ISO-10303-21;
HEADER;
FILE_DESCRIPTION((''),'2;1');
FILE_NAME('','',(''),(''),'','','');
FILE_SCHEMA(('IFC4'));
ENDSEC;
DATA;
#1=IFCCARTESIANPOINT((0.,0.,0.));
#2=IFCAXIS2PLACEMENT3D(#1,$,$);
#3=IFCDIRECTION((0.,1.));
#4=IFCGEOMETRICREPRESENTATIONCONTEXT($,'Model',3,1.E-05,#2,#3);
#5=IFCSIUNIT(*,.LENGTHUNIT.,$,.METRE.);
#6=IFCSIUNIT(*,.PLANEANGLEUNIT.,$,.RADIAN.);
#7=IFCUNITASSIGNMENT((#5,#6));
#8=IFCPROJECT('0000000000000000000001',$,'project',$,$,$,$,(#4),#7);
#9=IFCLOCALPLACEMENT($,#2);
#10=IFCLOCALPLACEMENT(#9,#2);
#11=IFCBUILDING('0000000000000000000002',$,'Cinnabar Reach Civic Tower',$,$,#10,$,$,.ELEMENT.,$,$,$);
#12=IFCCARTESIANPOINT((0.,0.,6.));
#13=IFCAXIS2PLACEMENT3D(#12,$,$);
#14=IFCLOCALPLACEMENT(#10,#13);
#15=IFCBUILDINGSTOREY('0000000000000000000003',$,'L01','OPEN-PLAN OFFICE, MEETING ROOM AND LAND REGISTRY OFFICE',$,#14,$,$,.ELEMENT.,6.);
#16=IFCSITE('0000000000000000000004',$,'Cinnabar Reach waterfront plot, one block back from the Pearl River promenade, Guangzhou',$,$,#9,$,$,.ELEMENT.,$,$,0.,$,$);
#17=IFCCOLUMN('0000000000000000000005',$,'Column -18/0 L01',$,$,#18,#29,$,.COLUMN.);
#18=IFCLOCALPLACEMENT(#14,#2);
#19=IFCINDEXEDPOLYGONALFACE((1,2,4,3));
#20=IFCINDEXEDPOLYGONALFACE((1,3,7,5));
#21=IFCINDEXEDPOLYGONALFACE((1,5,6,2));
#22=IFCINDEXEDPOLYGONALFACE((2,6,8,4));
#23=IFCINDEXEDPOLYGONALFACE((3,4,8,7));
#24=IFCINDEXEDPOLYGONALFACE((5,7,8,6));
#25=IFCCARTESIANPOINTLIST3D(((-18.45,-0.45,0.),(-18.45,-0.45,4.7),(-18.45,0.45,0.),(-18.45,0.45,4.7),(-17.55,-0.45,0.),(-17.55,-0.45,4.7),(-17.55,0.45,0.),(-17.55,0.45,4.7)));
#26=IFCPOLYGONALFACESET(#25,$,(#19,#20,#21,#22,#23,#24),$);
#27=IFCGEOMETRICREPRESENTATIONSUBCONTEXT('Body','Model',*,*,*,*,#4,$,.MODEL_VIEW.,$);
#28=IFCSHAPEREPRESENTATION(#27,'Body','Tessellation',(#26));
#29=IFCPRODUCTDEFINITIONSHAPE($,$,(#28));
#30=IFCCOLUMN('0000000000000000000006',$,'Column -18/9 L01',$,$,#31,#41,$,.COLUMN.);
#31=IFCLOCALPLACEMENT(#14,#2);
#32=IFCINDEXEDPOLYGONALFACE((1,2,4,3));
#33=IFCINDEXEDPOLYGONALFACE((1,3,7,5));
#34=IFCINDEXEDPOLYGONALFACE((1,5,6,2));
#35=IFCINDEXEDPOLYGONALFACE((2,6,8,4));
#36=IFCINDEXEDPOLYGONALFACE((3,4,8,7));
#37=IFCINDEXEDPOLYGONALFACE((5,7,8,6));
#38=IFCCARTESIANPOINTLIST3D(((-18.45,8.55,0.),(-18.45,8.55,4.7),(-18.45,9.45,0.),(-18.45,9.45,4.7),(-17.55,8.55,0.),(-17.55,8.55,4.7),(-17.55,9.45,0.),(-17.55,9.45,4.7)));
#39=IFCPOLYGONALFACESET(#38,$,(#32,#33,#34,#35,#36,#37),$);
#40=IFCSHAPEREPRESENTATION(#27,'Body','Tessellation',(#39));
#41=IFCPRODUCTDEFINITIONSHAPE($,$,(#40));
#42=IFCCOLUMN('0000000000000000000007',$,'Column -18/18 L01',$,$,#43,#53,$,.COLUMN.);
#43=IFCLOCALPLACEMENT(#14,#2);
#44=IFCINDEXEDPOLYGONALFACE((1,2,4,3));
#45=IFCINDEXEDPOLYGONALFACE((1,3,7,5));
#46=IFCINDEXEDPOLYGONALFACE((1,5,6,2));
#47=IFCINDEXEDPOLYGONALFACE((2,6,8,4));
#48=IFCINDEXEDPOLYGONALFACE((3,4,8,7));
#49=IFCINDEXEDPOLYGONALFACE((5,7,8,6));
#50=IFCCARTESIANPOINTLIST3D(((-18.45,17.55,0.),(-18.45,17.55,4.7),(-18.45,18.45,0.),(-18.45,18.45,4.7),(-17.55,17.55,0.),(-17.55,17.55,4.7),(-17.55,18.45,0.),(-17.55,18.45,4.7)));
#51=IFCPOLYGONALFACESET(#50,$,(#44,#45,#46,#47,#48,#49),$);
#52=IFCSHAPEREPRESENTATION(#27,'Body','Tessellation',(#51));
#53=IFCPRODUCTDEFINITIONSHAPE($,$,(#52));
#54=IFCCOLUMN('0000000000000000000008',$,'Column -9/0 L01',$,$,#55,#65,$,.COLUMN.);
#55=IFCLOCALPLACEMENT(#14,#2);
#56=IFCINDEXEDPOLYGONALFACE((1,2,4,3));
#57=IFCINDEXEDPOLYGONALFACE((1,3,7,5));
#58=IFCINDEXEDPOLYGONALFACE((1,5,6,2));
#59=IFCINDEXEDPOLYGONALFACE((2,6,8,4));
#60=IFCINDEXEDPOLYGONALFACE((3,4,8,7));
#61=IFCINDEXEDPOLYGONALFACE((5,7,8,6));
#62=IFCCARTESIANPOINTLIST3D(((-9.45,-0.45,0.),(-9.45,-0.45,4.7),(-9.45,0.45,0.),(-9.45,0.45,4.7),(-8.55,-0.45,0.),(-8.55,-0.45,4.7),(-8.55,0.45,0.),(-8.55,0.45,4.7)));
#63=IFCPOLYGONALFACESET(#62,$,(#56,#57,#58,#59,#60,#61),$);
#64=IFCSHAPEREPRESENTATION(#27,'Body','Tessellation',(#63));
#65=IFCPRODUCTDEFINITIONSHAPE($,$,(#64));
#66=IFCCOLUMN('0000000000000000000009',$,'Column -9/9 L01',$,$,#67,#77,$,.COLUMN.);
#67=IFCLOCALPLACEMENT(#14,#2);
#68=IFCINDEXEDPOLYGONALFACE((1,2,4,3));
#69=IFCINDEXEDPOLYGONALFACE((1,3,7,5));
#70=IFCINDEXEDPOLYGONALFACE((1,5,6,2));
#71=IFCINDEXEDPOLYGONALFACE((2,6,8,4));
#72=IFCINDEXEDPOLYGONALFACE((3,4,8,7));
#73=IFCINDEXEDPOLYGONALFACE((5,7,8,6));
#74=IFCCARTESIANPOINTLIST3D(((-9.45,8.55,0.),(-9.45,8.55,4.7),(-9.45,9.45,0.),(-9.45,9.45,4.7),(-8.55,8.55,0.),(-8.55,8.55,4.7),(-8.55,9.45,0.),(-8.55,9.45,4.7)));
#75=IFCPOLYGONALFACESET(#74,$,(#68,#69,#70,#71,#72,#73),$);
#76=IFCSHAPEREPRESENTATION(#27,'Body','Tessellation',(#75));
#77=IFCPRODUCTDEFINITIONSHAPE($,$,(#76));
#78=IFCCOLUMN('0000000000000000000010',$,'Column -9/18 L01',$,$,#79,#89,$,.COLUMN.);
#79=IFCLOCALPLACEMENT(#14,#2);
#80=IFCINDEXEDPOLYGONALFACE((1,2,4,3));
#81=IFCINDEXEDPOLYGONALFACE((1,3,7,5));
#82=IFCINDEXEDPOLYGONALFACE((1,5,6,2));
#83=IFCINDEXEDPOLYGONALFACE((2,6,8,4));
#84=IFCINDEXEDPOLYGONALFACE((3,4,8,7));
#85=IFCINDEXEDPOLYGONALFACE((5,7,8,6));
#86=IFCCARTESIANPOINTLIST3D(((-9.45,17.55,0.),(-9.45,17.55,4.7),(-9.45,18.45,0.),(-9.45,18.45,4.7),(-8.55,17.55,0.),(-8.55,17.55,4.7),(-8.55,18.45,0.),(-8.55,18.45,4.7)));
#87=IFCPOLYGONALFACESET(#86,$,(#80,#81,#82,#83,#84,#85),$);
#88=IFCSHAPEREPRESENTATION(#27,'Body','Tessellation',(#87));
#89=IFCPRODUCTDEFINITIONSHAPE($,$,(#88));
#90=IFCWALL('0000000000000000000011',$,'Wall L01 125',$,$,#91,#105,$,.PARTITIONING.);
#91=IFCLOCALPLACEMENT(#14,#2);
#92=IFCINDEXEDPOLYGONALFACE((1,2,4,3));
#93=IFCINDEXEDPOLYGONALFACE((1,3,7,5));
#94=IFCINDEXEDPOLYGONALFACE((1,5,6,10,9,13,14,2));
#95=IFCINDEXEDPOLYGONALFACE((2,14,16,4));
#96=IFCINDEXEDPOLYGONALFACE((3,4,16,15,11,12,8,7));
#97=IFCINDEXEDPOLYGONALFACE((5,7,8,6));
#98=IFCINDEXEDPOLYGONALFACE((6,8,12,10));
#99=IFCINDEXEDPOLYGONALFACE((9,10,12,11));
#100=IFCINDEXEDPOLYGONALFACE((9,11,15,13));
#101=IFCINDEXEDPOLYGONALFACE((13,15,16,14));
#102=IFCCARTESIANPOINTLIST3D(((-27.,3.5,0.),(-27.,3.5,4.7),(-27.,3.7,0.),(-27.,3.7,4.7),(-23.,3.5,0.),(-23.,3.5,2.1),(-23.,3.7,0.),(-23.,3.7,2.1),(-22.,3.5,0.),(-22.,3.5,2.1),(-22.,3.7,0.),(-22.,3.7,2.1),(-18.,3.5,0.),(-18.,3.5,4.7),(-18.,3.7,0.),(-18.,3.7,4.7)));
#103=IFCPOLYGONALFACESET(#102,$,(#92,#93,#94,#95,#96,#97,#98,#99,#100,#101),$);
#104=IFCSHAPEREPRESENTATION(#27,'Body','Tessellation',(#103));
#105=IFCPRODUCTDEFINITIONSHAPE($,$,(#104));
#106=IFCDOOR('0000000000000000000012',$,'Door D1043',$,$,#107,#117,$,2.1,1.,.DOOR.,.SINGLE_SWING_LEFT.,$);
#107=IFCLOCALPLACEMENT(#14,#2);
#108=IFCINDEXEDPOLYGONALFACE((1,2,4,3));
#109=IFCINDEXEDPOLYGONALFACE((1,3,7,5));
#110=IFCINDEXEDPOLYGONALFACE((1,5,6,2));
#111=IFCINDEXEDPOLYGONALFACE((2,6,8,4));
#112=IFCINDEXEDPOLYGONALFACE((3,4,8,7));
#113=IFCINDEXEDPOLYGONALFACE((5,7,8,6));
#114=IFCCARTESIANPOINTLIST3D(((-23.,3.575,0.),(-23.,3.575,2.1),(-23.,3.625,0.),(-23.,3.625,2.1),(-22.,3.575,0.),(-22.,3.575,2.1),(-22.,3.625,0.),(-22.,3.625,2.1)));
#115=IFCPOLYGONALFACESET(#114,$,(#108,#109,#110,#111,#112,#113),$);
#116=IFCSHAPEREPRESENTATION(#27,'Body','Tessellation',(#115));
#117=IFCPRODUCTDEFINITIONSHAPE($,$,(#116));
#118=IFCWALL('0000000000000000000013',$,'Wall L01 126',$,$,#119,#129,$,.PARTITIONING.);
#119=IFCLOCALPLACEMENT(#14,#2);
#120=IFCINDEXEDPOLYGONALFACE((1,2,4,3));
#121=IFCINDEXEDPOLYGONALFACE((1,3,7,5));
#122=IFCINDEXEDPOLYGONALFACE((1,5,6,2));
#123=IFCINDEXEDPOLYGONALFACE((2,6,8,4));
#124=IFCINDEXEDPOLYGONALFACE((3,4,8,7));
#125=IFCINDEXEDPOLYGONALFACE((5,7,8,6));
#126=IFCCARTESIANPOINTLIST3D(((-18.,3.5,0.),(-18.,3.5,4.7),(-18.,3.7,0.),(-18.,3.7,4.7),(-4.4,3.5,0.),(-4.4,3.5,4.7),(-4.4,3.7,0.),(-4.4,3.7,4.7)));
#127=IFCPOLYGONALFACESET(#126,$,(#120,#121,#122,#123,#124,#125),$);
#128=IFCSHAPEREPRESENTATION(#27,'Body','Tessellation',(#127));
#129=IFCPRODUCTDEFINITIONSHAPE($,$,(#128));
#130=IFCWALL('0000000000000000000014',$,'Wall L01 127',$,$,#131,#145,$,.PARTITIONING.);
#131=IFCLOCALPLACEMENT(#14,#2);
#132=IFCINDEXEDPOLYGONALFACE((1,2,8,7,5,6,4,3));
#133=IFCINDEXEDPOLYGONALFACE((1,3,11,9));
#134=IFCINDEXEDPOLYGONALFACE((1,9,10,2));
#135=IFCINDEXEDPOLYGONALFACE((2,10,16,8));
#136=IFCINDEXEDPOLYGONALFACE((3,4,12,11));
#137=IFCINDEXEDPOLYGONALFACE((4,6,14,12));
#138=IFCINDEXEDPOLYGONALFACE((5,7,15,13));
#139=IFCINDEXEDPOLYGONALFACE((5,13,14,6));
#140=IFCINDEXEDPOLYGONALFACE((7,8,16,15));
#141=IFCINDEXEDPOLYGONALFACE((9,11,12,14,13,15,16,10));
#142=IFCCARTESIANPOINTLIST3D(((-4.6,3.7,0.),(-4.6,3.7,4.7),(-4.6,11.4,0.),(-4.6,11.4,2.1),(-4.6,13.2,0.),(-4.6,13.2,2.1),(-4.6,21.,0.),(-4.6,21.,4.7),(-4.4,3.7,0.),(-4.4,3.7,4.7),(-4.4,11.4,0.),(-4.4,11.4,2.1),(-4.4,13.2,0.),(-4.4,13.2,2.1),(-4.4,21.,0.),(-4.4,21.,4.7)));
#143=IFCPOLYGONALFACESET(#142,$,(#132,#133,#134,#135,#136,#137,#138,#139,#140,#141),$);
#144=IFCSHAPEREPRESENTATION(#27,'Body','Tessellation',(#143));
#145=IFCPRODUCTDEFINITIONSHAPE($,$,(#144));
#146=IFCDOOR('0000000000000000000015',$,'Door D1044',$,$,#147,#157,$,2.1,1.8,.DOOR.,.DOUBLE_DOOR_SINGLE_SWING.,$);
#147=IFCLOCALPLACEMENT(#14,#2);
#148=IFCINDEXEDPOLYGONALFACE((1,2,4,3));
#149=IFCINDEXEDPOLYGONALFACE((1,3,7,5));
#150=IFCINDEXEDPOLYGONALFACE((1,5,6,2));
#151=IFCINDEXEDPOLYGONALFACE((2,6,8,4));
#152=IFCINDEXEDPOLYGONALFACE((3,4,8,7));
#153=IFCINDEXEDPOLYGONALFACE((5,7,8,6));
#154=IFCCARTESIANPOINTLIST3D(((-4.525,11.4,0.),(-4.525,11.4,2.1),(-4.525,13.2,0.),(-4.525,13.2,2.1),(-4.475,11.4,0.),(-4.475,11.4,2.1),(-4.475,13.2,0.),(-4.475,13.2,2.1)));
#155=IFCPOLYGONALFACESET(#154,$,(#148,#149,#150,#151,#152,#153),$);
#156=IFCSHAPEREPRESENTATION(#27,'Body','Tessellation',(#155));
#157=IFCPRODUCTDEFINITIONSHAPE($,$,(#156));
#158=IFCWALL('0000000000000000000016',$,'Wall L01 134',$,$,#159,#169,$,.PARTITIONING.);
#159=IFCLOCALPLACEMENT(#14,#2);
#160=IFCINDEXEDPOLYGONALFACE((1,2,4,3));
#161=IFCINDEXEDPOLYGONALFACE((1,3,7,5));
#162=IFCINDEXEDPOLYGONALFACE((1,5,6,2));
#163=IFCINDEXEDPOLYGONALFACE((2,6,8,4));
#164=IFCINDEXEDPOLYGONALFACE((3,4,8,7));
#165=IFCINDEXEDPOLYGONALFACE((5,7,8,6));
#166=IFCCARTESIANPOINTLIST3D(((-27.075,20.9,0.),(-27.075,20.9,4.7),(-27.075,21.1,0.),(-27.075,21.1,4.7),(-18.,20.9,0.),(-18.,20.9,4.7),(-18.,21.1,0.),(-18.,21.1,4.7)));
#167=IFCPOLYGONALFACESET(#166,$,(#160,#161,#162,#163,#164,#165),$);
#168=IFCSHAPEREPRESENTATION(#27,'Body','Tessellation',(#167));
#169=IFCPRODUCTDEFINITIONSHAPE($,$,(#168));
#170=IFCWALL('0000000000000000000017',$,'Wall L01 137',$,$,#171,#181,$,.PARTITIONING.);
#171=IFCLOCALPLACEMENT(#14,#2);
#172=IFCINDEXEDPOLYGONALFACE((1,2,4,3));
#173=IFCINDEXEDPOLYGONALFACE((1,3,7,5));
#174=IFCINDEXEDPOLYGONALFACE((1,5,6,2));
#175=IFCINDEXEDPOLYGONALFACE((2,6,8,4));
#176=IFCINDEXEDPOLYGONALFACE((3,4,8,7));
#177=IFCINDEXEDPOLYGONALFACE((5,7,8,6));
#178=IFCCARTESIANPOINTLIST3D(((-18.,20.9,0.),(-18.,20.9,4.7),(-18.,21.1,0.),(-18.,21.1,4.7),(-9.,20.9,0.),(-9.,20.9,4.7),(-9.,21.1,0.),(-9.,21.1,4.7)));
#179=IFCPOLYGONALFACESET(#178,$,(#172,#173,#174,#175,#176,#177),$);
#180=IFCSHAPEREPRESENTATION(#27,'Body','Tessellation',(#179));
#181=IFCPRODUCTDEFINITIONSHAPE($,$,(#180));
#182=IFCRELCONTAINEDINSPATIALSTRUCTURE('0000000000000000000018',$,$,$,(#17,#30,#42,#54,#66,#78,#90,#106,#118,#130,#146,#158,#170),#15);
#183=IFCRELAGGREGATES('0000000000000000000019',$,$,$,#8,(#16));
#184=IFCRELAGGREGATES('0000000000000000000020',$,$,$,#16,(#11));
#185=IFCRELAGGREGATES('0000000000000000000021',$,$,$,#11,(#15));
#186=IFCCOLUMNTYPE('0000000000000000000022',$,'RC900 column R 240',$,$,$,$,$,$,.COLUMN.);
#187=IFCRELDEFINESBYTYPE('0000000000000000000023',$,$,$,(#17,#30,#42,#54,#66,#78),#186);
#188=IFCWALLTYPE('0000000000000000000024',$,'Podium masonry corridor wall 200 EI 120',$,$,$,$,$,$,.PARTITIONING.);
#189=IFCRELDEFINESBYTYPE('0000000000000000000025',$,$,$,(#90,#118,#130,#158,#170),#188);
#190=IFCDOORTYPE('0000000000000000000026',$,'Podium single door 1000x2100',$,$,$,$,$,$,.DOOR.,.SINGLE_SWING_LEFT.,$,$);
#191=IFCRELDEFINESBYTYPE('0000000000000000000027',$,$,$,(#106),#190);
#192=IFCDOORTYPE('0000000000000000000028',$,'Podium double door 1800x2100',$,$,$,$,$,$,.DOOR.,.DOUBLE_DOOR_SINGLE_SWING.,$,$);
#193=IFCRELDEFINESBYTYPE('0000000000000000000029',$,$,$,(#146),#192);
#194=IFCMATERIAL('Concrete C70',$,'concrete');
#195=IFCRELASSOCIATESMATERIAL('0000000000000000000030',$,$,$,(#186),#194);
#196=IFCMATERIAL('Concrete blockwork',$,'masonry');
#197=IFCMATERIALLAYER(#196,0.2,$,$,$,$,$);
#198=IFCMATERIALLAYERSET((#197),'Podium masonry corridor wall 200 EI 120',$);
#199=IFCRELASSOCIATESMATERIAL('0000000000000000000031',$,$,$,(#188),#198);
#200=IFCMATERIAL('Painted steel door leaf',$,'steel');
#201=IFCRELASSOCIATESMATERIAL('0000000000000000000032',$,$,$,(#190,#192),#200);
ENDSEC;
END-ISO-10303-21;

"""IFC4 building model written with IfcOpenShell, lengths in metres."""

from ifc_helpers import new_model, si_unit, direction, frame, frame_2d, origin, origin_2d, place, context, subcontext, project, spatial, rectangle, extrude, material, layer, layer_set, material_profile, profile_set, type_object, element, fill, save


model = new_model("IFC4")

# Units and contexts
model_context = context("Model", 3, precision=1e-05, world=origin(), true_north=direction((0.0, 1.0)))
body_context = subcontext(model_context, "Body", "Model", "MODEL_VIEW")
ifc_project = project(units=[si_unit("LENGTHUNIT", "METRE"), si_unit("PLANEANGLEUNIT", "RADIAN")], contexts=[model_context])

# Site, building, storey
site_placement = place(None, origin())
site = spatial("IfcSite", under=ifc_project, at=site_placement, Name="Cinnabar Reach waterfront plot, one block back from the Pearl River promenade, Guangzhou", CompositionType="ELEMENT", RefElevation=0.0)
building_placement = place(site_placement, origin())
building = spatial("IfcBuilding", under=site, at=building_placement, Name="Cinnabar Reach Civic Tower", CompositionType="ELEMENT")
storey_placement = place(building_placement, frame((0.0, 0.0, 6.0)))
storey = spatial("IfcBuildingStorey", under=building, at=storey_placement, Name="L01", Description="OPEN-PLAN OFFICE, MEETING ROOM AND LAND REGISTRY OFFICE", CompositionType="ELEMENT", Elevation=6.0)

# Columns
ifc_material_1 = material(Name="Concrete C70", Category="concrete")
ifc_material_profile = material_profile(ifc_material_1, rectangle(XDim=0.9, YDim=0.9, at=origin_2d()), Name="RC900")
ifc_profile_set = profile_set([ifc_material_profile], Name="Concrete C70")
column_type = type_object("IfcColumnType", Name="RC900 column R 240", PredefinedType="COLUMN", material=ifc_profile_set)
for number, where, z_axis, x_axis, name in (
    (1, (-18.0, 0.0, 0.0), (0.0, 0.0, 1.0), (1.0, 0.0, 0.0), "Column -18/0 L01"),
    (2, (-18.0, 9.0, 0.0), (0.0, 0.0, 1.0), (1.0, 0.0, 0.0), "Column -18/9 L01"),
    (3, (-18.0, 18.0, 0.0), (0.0, 0.0, 1.0), (1.0, 0.0, 0.0), "Column -18/18 L01"),
    (4, (-9.0, 0.0, 0.0), (0.0, 0.0, 1.0), (1.0, 0.0, 0.0), "Column -9/0 L01"),
    (5, (-9.0, 9.0, 0.0), (0.0, 0.0, 1.0), (1.0, 0.0, 0.0), "Column -9/9 L01"),
    (6, (-9.0, 18.0, 0.0), (0.0, 0.0, 1.0), (1.0, 0.0, 0.0), "Column -9/18 L01"),
):
    element("IfcColumn", number, at=place(storey_placement, frame(where, z_axis=z_axis, x_axis=x_axis)), inside=storey, type_object=column_type, Name=name, PredefinedType="COLUMN", context=body_context, shape_type="SweptSolid", body=[
        extrude(rectangle(XDim=0.9, YDim=0.9, at=origin_2d()), origin(), (0.0, 0.0, 1.0), 4.7),
    ])

# Wall, opening, door
ifc_material_2 = material(Name="Concrete blockwork", Category="masonry")
ifc_layer_1 = layer(ifc_material_2, 0.2)
ifc_layer_set_1 = layer_set([ifc_layer_1], Name="Podium masonry corridor wall 200 EI 120")
wall_type_1 = type_object("IfcWallType", Name="Podium masonry corridor wall 200 EI 120", PredefinedType="PARTITIONING", material=ifc_layer_set_1)
wall_1_placement = place(storey_placement, frame((-27.0, 3.6, 0.0), z_axis=(0.0, 0.0, 1.0), x_axis=(1.0, 0.0, 0.0)))
wall_1 = element("IfcWall", 7, at=wall_1_placement, inside=storey, type_object=wall_type_1, Name="Wall L01 125", PredefinedType="PARTITIONING", context=body_context, shape_type="SweptSolid", body=[
    extrude(rectangle(XDim=9.0, YDim=0.2, at=frame_2d((4.5, 0.0))), origin(), (0.0, 0.0, 1.0), 4.7),
])
opening_1_placement = place(wall_1_placement, frame((4.0, 0.0, 0.0)))
opening_1 = element("IfcOpeningElement", 8, at=opening_1_placement, cuts=wall_1, PredefinedType="OPENING", context=body_context, shape_type="SweptSolid", body=[
    extrude(rectangle(XDim=1.0, YDim=2.1, at=frame_2d((0.5, 1.05))), frame((0.0, 0.11, 0.0), z_axis=(0.0, -1.0, 0.0), x_axis=(1.0, 0.0, 0.0)), (0.0, 0.0, 1.0), 0.22),
])
ifc_material_3 = material(Name="Painted steel door leaf", Category="steel")
door_type_1 = type_object("IfcDoorType", Name="Podium single door 1000x2100", OperationType="SINGLE_SWING_LEFT", PredefinedType="DOOR", material=ifc_material_3)
door_1_placement = place(opening_1_placement, origin())
door_1 = element("IfcDoor", 9, at=door_1_placement, inside=storey, type_object=door_type_1, Name="Door D1043", OperationType="SINGLE_SWING_LEFT", OverallHeight=2.1, OverallWidth=1.0, PredefinedType="DOOR", context=body_context, shape_type="SweptSolid", body=[
    extrude(rectangle(XDim=1.0, YDim=2.1, at=frame_2d((0.5, 1.05))), frame((0.0, 0.025, 0.0), z_axis=(0.0, -1.0, 0.0), x_axis=(1.0, 0.0, 0.0)), (0.0, 0.0, 1.0), 0.05),
])
fill(opening_1, door_1)

# Wall
wall_2_placement = place(storey_placement, frame((-18.0, 3.6, 0.0), z_axis=(0.0, 0.0, 1.0), x_axis=(1.0, 0.0, 0.0)))
element("IfcWall", 10, at=wall_2_placement, inside=storey, type_object=wall_type_1, Name="Wall L01 126", PredefinedType="PARTITIONING", context=body_context, shape_type="SweptSolid", body=[
    extrude(rectangle(XDim=13.6, YDim=0.2, at=frame_2d((6.8, 0.0))), origin(), (0.0, 0.0, 1.0), 4.7),
])

# Wall, opening, door
wall_3_placement = place(storey_placement, frame((-4.5, 3.7, 0.0), z_axis=(0.0, 0.0, 1.0), x_axis=(0.0, 1.0, 0.0)))
wall_3 = element("IfcWall", 11, at=wall_3_placement, inside=storey, type_object=wall_type_1, Name="Wall L01 127", PredefinedType="PARTITIONING", context=body_context, shape_type="SweptSolid", body=[
    extrude(rectangle(XDim=17.3, YDim=0.2, at=frame_2d((8.65, 0.0))), origin(), (0.0, 0.0, 1.0), 4.7),
])
opening_2_placement = place(wall_3_placement, frame((7.7, 0.0, 0.0)))
opening_2 = element("IfcOpeningElement", 12, at=opening_2_placement, cuts=wall_3, PredefinedType="OPENING", context=body_context, shape_type="SweptSolid", body=[
    extrude(rectangle(XDim=1.8, YDim=2.1, at=frame_2d((0.9, 1.05))), frame((0.0, 0.11, 0.0), z_axis=(0.0, -1.0, 0.0), x_axis=(1.0, 0.0, 0.0)), (0.0, 0.0, 1.0), 0.22),
])
door_type_2 = type_object("IfcDoorType", Name="Podium double door 1800x2100", OperationType="DOUBLE_DOOR_SINGLE_SWING", PredefinedType="DOOR", material=ifc_material_3)
door_2_placement = place(opening_2_placement, origin())
door_2 = element("IfcDoor", 13, at=door_2_placement, inside=storey, type_object=door_type_2, Name="Door D1044", OperationType="DOUBLE_DOOR_SINGLE_SWING", OverallHeight=2.1, OverallWidth=1.8, PredefinedType="DOOR", context=body_context, shape_type="SweptSolid", body=[
    extrude(rectangle(XDim=1.8, YDim=2.1, at=frame_2d((0.9, 1.05))), frame((0.0, 0.025, 0.0), z_axis=(0.0, -1.0, 0.0), x_axis=(1.0, 0.0, 0.0)), (0.0, 0.0, 1.0), 0.05),
])
fill(opening_2, door_2)

# Walls
wall_4_placement = place(storey_placement, frame((-27.075, 21.0, 0.0), z_axis=(0.0, 0.0, 1.0), x_axis=(1.0, 0.0, 0.0)))
element("IfcWall", 14, at=wall_4_placement, inside=storey, type_object=wall_type_1, Name="Wall L01 134", PredefinedType="PARTITIONING", context=body_context, shape_type="SweptSolid", body=[
    extrude(rectangle(XDim=9.075, YDim=0.2, at=frame_2d((4.5375, 0.0))), origin(), (0.0, 0.0, 1.0), 4.7),
])
wall_5_placement = place(storey_placement, frame((-18.0, 21.0, 0.0), z_axis=(0.0, 0.0, 1.0), x_axis=(1.0, 0.0, 0.0)))
element("IfcWall", 15, at=wall_5_placement, inside=storey, type_object=wall_type_1, Name="Wall L01 137", PredefinedType="PARTITIONING", context=body_context, shape_type="SweptSolid", body=[
    extrude(rectangle(XDim=9.0, YDim=0.2, at=frame_2d((4.5, 0.0))), origin(), (0.0, 0.0, 1.0), 4.7),
])

save(model, "model.ifc")
